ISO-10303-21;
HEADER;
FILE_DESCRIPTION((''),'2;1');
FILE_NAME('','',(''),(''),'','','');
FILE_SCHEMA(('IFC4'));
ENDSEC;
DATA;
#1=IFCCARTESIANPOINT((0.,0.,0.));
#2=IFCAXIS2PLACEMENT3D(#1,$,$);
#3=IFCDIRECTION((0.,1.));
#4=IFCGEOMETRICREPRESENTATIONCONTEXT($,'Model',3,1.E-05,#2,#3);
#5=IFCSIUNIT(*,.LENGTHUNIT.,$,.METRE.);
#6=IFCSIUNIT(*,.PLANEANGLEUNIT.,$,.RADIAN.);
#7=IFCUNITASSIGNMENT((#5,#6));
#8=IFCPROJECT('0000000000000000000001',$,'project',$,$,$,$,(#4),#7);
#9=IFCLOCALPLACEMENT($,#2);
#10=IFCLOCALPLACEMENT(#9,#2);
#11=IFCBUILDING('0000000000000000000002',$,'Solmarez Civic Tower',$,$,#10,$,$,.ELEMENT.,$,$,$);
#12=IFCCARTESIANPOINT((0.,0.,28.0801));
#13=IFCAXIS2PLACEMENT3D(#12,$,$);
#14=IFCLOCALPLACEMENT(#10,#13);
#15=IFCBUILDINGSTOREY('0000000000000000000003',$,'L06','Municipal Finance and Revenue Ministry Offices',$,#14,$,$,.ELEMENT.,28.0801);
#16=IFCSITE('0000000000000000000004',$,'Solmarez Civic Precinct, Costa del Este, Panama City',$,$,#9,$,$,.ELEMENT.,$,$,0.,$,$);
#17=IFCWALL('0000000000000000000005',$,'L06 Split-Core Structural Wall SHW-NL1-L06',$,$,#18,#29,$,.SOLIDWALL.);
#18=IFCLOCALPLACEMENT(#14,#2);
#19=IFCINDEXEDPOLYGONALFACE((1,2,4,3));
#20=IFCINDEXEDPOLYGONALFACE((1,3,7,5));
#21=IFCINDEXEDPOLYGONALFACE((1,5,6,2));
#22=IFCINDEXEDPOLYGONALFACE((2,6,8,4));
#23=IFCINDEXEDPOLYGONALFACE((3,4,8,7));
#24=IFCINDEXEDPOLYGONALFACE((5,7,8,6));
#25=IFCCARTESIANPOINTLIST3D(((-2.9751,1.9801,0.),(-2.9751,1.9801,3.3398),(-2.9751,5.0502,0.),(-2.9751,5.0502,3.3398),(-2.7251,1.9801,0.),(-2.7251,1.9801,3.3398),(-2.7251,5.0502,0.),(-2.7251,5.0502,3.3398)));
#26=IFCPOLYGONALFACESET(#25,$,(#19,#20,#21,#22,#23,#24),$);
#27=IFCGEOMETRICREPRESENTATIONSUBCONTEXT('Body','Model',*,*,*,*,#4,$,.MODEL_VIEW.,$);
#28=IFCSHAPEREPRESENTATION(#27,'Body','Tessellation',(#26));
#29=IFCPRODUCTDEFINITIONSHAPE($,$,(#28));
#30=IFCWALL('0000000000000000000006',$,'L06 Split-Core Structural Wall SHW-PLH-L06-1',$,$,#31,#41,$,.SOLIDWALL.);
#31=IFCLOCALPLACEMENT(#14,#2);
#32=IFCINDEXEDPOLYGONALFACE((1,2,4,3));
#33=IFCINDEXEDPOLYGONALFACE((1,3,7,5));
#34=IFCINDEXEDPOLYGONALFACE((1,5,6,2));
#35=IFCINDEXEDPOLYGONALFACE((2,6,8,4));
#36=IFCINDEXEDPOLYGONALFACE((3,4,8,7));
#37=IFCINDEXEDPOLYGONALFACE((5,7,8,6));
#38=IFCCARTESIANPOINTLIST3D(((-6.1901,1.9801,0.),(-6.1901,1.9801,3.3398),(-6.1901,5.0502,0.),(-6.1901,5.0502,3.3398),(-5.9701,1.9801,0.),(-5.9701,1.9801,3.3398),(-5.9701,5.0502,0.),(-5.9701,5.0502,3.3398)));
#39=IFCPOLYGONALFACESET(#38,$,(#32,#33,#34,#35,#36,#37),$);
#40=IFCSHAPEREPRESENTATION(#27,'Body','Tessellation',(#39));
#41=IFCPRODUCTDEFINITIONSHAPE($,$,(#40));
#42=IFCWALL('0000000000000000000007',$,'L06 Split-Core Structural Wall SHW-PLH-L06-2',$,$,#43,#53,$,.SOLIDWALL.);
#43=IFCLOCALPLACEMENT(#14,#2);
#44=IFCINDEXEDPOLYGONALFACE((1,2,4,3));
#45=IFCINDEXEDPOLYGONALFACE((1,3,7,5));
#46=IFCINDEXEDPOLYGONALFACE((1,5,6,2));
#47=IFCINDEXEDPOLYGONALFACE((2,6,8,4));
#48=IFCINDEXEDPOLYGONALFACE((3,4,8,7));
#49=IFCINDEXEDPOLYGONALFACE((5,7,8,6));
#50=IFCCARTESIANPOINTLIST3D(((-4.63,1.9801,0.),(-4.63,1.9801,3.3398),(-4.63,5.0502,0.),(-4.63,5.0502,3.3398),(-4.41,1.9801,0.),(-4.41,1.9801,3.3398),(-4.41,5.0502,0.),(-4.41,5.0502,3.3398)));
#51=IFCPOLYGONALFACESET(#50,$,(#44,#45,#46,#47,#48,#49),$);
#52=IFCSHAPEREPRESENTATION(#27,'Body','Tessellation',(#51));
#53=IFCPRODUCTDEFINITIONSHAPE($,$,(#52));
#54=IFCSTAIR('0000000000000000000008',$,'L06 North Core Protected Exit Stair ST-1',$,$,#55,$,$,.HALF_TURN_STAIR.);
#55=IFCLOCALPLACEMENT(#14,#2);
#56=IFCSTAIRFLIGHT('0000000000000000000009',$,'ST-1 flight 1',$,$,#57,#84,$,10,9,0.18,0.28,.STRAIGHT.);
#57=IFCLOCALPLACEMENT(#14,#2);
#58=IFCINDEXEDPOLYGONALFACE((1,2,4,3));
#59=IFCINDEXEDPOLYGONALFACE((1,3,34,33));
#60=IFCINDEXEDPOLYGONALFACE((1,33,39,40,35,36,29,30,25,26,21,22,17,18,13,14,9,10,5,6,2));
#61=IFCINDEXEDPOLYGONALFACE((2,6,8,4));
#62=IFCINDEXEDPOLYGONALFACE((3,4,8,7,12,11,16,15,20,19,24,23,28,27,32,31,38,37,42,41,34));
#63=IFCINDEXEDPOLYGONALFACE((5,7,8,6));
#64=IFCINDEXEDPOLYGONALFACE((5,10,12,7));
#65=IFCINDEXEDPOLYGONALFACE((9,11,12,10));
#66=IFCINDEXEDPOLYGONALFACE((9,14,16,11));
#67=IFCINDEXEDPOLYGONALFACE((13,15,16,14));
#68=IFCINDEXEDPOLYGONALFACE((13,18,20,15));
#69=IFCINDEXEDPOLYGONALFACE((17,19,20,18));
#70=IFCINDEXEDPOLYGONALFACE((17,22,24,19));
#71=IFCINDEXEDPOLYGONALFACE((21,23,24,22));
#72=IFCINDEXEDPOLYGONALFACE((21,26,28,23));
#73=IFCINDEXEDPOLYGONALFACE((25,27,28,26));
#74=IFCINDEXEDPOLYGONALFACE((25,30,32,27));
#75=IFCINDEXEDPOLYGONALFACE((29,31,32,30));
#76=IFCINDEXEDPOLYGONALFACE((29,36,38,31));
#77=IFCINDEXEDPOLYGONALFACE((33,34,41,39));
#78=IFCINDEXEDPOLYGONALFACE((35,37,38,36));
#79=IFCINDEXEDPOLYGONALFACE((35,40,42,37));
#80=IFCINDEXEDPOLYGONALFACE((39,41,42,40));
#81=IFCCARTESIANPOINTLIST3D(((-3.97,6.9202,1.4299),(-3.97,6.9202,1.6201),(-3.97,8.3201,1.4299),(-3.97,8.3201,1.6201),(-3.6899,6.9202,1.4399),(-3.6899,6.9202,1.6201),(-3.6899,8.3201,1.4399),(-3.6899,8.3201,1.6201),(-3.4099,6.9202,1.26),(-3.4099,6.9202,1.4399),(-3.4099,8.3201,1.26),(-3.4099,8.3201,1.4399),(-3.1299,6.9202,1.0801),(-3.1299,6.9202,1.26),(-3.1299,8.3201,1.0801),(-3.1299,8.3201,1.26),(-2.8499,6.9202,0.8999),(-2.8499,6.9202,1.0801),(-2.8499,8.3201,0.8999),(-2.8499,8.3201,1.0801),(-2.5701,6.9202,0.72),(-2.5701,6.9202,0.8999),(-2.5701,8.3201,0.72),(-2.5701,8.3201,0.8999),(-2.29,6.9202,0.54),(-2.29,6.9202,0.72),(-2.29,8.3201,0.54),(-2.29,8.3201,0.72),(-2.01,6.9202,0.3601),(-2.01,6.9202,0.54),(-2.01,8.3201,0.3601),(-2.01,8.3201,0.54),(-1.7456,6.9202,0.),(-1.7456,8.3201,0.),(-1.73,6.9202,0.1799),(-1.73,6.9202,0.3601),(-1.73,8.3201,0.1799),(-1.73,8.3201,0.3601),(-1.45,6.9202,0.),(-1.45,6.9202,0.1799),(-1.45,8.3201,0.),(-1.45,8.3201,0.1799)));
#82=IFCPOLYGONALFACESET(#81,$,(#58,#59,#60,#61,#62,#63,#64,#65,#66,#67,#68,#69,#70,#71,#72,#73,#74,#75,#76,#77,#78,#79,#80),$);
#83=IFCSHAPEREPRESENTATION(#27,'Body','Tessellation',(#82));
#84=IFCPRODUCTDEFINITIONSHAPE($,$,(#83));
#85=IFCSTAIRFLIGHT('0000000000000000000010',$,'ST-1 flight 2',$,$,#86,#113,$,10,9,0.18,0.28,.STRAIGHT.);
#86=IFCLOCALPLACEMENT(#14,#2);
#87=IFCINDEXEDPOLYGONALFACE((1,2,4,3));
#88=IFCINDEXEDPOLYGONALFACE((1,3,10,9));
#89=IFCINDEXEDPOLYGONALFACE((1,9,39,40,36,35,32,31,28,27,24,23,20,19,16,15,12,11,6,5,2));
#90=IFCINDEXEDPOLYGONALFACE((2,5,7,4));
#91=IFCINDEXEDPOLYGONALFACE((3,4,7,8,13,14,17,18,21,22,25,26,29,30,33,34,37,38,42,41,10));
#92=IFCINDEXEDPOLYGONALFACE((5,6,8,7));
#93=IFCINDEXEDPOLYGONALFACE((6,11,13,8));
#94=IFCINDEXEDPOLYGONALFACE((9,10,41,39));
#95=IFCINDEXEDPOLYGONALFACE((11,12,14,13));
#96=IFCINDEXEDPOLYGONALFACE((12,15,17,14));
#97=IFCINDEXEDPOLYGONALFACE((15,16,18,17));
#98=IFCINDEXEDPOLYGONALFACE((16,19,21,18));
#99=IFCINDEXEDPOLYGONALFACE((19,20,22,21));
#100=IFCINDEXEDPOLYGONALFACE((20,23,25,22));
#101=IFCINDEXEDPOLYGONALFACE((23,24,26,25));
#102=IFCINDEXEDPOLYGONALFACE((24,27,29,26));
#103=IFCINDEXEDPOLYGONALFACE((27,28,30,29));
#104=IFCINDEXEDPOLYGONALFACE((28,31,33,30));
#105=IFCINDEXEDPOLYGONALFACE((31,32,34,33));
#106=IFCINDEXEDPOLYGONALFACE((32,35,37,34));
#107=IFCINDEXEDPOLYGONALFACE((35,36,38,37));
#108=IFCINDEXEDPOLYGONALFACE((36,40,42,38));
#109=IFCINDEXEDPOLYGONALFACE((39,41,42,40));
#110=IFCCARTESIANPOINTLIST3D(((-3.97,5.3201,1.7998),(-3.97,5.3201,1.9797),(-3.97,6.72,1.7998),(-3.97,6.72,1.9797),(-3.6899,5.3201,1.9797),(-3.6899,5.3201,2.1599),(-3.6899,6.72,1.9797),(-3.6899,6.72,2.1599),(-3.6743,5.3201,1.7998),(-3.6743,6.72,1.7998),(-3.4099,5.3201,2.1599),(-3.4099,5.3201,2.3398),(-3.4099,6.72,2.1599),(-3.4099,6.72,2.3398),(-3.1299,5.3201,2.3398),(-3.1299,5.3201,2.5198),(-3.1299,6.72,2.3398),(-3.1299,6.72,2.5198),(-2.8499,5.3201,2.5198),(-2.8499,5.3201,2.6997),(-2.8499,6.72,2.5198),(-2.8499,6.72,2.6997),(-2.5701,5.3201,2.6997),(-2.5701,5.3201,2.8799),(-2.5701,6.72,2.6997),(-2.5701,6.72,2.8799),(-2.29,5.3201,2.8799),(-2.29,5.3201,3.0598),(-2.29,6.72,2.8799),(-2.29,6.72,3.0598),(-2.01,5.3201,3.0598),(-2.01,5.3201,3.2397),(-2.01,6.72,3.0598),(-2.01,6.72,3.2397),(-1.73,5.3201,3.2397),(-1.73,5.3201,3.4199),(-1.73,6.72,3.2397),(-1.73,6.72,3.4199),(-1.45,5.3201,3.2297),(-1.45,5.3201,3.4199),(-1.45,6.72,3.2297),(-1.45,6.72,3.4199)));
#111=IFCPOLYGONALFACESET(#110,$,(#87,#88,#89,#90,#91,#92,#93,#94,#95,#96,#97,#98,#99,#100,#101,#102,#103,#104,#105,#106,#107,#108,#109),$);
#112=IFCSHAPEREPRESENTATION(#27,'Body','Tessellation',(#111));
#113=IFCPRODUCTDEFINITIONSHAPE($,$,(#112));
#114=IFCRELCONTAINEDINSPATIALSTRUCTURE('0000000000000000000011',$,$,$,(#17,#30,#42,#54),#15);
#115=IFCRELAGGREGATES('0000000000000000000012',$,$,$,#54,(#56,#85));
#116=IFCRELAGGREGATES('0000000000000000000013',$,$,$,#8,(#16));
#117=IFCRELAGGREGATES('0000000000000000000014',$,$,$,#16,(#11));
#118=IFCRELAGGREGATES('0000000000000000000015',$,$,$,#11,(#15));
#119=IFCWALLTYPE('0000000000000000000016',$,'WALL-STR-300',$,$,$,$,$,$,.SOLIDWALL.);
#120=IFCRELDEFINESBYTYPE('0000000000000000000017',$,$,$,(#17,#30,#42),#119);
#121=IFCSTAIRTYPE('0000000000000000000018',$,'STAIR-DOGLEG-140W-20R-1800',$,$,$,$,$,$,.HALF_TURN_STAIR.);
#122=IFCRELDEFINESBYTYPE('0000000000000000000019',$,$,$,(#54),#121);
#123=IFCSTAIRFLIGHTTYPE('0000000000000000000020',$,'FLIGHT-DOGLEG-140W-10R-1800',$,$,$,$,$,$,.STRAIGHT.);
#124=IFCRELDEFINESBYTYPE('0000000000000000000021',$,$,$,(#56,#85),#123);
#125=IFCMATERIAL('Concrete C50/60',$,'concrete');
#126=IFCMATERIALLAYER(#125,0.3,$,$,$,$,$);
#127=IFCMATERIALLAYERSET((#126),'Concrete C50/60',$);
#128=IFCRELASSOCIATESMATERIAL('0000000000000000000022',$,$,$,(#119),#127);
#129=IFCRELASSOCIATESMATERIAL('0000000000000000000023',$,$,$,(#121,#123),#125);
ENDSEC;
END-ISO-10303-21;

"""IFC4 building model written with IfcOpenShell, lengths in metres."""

from ifc_helpers import new_model, si_unit, direction, frame, frame_2d, origin, place, context, subcontext, project, spatial, polyline, rectangle, outline, extrude, material, layer, layer_set, type_object, element, aggregate, save


model = new_model("IFC4")

# Units and contexts
model_context = context("Model", 3, precision=1e-05, world=origin(), true_north=direction((0.0, 1.0)))
body_context = subcontext(model_context, "Body", "Model", "MODEL_VIEW")
ifc_project = project(units=[si_unit("LENGTHUNIT", "METRE"), si_unit("PLANEANGLEUNIT", "RADIAN")], contexts=[model_context])

# Site, building, storey
site_placement = place(None, origin())
site = spatial("IfcSite", under=ifc_project, at=site_placement, Name="Solmarez Civic Precinct, Costa del Este, Panama City", CompositionType="ELEMENT", RefElevation=0.0)
building_placement = place(site_placement, origin())
building = spatial("IfcBuilding", under=site, at=building_placement, Name="Solmarez Civic Tower", CompositionType="ELEMENT")
storey_placement = place(building_placement, frame((0.0, 0.0, 28.0801)))
storey = spatial("IfcBuildingStorey", under=building, at=storey_placement, Name="L06", Description="Municipal Finance and Revenue Ministry Offices", CompositionType="ELEMENT", Elevation=28.0801)

# Shared definitions
ifc_material_1 = material(Name="Concrete C50/60", Category="concrete")

# Walls
ifc_layer_1 = layer(ifc_material_1, 0.3)
ifc_layer_set_1 = layer_set([ifc_layer_1], Name="Concrete C50/60")
wall_type_1 = type_object("IfcWallType", Name="WALL-STR-300", PredefinedType="SOLIDWALL", material=ifc_layer_set_1)
wall_1_placement = place(storey_placement, frame((-2.8501, 1.98, 0.0), z_axis=(0.0, 0.0, 1.0), x_axis=(0.0, 1.0, 0.0)))
element("IfcWall", 1, at=wall_1_placement, inside=storey, type_object=wall_type_1, Name="L06 Split-Core Structural Wall SHW-NL1-L06", PredefinedType="SOLIDWALL", context=body_context, shape_type="SweptSolid", body=[
    extrude(rectangle(XDim=3.0701, YDim=0.25, at=frame_2d((1.5352, 0.0))), origin(), (0.0, 0.0, 1.0), 3.3398),
])
for number, where, z_axis, x_axis, name in (
    (2, (-6.0801, 1.98, 0.0), (0.0, 0.0, 1.0), (0.0, 1.0, 0.0), "L06 Split-Core Structural Wall SHW-PLH-L06-1"),
    (3, (-4.52, 1.98, 0.0), (0.0, 0.0, 1.0), (0.0, 1.0, 0.0), "L06 Split-Core Structural Wall SHW-PLH-L06-2"),
):
    element("IfcWall", number, at=place(storey_placement, frame(where, z_axis=z_axis, x_axis=x_axis)), inside=storey, type_object=wall_type_1, Name=name, PredefinedType="SOLIDWALL", context=body_context, shape_type="SweptSolid", body=[
        extrude(rectangle(XDim=3.0701, YDim=0.22, at=frame_2d((1.5352, 0.0))), origin(), (0.0, 0.0, 1.0), 3.3398),
    ])

# Stair, stair flights
stair_type = type_object("IfcStairType", Name="STAIR-DOGLEG-140W-20R-1800", PredefinedType="HALF_TURN_STAIR", material=ifc_material_1)
stair_placement = place(storey_placement, origin())
stair = element("IfcStair", 4, at=stair_placement, inside=storey, type_object=stair_type, Name="L06 North Core Protected Exit Stair ST-1", PredefinedType="HALF_TURN_STAIR")
stair_flight_type = type_object("IfcStairFlightType", Name="FLIGHT-DOGLEG-140W-10R-1800", PredefinedType="STRAIGHT", material=ifc_material_1)
stair_flight_1_placement = place(storey_placement, frame((-1.45, 7.6201, 0.0), z_axis=(0.0, 0.0, 1.0), x_axis=(-1.0, 0.0, 0.0)))
stair_flight_1 = element("IfcStairFlight", 5, at=stair_flight_1_placement, type_object=stair_flight_type, Name="ST-1 flight 1", NumberOfRisers=10, NumberOfTreads=9, PredefinedType="STRAIGHT", RiserHeight=0.18, TreadLength=0.28, context=body_context, shape_type="SweptSolid", body=[
    extrude(outline(polyline([(0.0, 0.0), (0.0, 0.1799), (0.28, 0.1799), (0.28, 0.3601), (0.5601, 0.3601), (0.5601, 0.54), (0.8401, 0.54), (0.8401, 0.72), (1.1201, 0.72), (1.1201, 0.8999), (1.3999, 0.8999), (1.3999, 1.0801), (1.6799, 1.0801), (1.6799, 1.26), (1.96, 1.26), (1.96, 1.4399), (2.24, 1.4399), (2.24, 1.6201), (2.52, 1.6201), (2.52, 1.8), (2.52, 1.4299), (0.2957, 0.0), (0.0, 0.0)])), frame((0.0, 0.7, 0.0), z_axis=(0.0, -1.0, 0.0), x_axis=(1.0, 0.0, 0.0)), (0.0, 0.0, 1.0), 1.3999),
])
stair_flight_2_placement = place(storey_placement, frame((-3.97, 6.02, 1.7998), z_axis=(0.0, 0.0, 1.0), x_axis=(1.0, 0.0, 0.0)))
stair_flight_2 = element("IfcStairFlight", 6, at=stair_flight_2_placement, type_object=stair_flight_type, Name="ST-1 flight 2", NumberOfRisers=10, NumberOfTreads=9, PredefinedType="STRAIGHT", RiserHeight=0.18, TreadLength=0.28, context=body_context, shape_type="SweptSolid", body=[
    extrude(outline(polyline([(0.0, 0.0), (0.0, 0.1799), (0.28, 0.1799), (0.28, 0.3601), (0.5601, 0.3601), (0.5601, 0.54), (0.8401, 0.54), (0.8401, 0.72), (1.1201, 0.72), (1.1201, 0.8999), (1.3999, 0.8999), (1.3999, 1.0801), (1.6799, 1.0801), (1.6799, 1.26), (1.96, 1.26), (1.96, 1.4399), (2.24, 1.4399), (2.24, 1.6201), (2.52, 1.6201), (2.52, 1.8), (2.52, 1.4299), (0.2957, 0.0), (0.0, 0.0)])), frame((0.0, 0.7, 0.0), z_axis=(0.0, -1.0, 0.0), x_axis=(1.0, 0.0, 0.0)), (0.0, 0.0, 1.0), 1.3999),
])
aggregate(stair, [stair_flight_1, stair_flight_2])

save(model, "model.ifc")
